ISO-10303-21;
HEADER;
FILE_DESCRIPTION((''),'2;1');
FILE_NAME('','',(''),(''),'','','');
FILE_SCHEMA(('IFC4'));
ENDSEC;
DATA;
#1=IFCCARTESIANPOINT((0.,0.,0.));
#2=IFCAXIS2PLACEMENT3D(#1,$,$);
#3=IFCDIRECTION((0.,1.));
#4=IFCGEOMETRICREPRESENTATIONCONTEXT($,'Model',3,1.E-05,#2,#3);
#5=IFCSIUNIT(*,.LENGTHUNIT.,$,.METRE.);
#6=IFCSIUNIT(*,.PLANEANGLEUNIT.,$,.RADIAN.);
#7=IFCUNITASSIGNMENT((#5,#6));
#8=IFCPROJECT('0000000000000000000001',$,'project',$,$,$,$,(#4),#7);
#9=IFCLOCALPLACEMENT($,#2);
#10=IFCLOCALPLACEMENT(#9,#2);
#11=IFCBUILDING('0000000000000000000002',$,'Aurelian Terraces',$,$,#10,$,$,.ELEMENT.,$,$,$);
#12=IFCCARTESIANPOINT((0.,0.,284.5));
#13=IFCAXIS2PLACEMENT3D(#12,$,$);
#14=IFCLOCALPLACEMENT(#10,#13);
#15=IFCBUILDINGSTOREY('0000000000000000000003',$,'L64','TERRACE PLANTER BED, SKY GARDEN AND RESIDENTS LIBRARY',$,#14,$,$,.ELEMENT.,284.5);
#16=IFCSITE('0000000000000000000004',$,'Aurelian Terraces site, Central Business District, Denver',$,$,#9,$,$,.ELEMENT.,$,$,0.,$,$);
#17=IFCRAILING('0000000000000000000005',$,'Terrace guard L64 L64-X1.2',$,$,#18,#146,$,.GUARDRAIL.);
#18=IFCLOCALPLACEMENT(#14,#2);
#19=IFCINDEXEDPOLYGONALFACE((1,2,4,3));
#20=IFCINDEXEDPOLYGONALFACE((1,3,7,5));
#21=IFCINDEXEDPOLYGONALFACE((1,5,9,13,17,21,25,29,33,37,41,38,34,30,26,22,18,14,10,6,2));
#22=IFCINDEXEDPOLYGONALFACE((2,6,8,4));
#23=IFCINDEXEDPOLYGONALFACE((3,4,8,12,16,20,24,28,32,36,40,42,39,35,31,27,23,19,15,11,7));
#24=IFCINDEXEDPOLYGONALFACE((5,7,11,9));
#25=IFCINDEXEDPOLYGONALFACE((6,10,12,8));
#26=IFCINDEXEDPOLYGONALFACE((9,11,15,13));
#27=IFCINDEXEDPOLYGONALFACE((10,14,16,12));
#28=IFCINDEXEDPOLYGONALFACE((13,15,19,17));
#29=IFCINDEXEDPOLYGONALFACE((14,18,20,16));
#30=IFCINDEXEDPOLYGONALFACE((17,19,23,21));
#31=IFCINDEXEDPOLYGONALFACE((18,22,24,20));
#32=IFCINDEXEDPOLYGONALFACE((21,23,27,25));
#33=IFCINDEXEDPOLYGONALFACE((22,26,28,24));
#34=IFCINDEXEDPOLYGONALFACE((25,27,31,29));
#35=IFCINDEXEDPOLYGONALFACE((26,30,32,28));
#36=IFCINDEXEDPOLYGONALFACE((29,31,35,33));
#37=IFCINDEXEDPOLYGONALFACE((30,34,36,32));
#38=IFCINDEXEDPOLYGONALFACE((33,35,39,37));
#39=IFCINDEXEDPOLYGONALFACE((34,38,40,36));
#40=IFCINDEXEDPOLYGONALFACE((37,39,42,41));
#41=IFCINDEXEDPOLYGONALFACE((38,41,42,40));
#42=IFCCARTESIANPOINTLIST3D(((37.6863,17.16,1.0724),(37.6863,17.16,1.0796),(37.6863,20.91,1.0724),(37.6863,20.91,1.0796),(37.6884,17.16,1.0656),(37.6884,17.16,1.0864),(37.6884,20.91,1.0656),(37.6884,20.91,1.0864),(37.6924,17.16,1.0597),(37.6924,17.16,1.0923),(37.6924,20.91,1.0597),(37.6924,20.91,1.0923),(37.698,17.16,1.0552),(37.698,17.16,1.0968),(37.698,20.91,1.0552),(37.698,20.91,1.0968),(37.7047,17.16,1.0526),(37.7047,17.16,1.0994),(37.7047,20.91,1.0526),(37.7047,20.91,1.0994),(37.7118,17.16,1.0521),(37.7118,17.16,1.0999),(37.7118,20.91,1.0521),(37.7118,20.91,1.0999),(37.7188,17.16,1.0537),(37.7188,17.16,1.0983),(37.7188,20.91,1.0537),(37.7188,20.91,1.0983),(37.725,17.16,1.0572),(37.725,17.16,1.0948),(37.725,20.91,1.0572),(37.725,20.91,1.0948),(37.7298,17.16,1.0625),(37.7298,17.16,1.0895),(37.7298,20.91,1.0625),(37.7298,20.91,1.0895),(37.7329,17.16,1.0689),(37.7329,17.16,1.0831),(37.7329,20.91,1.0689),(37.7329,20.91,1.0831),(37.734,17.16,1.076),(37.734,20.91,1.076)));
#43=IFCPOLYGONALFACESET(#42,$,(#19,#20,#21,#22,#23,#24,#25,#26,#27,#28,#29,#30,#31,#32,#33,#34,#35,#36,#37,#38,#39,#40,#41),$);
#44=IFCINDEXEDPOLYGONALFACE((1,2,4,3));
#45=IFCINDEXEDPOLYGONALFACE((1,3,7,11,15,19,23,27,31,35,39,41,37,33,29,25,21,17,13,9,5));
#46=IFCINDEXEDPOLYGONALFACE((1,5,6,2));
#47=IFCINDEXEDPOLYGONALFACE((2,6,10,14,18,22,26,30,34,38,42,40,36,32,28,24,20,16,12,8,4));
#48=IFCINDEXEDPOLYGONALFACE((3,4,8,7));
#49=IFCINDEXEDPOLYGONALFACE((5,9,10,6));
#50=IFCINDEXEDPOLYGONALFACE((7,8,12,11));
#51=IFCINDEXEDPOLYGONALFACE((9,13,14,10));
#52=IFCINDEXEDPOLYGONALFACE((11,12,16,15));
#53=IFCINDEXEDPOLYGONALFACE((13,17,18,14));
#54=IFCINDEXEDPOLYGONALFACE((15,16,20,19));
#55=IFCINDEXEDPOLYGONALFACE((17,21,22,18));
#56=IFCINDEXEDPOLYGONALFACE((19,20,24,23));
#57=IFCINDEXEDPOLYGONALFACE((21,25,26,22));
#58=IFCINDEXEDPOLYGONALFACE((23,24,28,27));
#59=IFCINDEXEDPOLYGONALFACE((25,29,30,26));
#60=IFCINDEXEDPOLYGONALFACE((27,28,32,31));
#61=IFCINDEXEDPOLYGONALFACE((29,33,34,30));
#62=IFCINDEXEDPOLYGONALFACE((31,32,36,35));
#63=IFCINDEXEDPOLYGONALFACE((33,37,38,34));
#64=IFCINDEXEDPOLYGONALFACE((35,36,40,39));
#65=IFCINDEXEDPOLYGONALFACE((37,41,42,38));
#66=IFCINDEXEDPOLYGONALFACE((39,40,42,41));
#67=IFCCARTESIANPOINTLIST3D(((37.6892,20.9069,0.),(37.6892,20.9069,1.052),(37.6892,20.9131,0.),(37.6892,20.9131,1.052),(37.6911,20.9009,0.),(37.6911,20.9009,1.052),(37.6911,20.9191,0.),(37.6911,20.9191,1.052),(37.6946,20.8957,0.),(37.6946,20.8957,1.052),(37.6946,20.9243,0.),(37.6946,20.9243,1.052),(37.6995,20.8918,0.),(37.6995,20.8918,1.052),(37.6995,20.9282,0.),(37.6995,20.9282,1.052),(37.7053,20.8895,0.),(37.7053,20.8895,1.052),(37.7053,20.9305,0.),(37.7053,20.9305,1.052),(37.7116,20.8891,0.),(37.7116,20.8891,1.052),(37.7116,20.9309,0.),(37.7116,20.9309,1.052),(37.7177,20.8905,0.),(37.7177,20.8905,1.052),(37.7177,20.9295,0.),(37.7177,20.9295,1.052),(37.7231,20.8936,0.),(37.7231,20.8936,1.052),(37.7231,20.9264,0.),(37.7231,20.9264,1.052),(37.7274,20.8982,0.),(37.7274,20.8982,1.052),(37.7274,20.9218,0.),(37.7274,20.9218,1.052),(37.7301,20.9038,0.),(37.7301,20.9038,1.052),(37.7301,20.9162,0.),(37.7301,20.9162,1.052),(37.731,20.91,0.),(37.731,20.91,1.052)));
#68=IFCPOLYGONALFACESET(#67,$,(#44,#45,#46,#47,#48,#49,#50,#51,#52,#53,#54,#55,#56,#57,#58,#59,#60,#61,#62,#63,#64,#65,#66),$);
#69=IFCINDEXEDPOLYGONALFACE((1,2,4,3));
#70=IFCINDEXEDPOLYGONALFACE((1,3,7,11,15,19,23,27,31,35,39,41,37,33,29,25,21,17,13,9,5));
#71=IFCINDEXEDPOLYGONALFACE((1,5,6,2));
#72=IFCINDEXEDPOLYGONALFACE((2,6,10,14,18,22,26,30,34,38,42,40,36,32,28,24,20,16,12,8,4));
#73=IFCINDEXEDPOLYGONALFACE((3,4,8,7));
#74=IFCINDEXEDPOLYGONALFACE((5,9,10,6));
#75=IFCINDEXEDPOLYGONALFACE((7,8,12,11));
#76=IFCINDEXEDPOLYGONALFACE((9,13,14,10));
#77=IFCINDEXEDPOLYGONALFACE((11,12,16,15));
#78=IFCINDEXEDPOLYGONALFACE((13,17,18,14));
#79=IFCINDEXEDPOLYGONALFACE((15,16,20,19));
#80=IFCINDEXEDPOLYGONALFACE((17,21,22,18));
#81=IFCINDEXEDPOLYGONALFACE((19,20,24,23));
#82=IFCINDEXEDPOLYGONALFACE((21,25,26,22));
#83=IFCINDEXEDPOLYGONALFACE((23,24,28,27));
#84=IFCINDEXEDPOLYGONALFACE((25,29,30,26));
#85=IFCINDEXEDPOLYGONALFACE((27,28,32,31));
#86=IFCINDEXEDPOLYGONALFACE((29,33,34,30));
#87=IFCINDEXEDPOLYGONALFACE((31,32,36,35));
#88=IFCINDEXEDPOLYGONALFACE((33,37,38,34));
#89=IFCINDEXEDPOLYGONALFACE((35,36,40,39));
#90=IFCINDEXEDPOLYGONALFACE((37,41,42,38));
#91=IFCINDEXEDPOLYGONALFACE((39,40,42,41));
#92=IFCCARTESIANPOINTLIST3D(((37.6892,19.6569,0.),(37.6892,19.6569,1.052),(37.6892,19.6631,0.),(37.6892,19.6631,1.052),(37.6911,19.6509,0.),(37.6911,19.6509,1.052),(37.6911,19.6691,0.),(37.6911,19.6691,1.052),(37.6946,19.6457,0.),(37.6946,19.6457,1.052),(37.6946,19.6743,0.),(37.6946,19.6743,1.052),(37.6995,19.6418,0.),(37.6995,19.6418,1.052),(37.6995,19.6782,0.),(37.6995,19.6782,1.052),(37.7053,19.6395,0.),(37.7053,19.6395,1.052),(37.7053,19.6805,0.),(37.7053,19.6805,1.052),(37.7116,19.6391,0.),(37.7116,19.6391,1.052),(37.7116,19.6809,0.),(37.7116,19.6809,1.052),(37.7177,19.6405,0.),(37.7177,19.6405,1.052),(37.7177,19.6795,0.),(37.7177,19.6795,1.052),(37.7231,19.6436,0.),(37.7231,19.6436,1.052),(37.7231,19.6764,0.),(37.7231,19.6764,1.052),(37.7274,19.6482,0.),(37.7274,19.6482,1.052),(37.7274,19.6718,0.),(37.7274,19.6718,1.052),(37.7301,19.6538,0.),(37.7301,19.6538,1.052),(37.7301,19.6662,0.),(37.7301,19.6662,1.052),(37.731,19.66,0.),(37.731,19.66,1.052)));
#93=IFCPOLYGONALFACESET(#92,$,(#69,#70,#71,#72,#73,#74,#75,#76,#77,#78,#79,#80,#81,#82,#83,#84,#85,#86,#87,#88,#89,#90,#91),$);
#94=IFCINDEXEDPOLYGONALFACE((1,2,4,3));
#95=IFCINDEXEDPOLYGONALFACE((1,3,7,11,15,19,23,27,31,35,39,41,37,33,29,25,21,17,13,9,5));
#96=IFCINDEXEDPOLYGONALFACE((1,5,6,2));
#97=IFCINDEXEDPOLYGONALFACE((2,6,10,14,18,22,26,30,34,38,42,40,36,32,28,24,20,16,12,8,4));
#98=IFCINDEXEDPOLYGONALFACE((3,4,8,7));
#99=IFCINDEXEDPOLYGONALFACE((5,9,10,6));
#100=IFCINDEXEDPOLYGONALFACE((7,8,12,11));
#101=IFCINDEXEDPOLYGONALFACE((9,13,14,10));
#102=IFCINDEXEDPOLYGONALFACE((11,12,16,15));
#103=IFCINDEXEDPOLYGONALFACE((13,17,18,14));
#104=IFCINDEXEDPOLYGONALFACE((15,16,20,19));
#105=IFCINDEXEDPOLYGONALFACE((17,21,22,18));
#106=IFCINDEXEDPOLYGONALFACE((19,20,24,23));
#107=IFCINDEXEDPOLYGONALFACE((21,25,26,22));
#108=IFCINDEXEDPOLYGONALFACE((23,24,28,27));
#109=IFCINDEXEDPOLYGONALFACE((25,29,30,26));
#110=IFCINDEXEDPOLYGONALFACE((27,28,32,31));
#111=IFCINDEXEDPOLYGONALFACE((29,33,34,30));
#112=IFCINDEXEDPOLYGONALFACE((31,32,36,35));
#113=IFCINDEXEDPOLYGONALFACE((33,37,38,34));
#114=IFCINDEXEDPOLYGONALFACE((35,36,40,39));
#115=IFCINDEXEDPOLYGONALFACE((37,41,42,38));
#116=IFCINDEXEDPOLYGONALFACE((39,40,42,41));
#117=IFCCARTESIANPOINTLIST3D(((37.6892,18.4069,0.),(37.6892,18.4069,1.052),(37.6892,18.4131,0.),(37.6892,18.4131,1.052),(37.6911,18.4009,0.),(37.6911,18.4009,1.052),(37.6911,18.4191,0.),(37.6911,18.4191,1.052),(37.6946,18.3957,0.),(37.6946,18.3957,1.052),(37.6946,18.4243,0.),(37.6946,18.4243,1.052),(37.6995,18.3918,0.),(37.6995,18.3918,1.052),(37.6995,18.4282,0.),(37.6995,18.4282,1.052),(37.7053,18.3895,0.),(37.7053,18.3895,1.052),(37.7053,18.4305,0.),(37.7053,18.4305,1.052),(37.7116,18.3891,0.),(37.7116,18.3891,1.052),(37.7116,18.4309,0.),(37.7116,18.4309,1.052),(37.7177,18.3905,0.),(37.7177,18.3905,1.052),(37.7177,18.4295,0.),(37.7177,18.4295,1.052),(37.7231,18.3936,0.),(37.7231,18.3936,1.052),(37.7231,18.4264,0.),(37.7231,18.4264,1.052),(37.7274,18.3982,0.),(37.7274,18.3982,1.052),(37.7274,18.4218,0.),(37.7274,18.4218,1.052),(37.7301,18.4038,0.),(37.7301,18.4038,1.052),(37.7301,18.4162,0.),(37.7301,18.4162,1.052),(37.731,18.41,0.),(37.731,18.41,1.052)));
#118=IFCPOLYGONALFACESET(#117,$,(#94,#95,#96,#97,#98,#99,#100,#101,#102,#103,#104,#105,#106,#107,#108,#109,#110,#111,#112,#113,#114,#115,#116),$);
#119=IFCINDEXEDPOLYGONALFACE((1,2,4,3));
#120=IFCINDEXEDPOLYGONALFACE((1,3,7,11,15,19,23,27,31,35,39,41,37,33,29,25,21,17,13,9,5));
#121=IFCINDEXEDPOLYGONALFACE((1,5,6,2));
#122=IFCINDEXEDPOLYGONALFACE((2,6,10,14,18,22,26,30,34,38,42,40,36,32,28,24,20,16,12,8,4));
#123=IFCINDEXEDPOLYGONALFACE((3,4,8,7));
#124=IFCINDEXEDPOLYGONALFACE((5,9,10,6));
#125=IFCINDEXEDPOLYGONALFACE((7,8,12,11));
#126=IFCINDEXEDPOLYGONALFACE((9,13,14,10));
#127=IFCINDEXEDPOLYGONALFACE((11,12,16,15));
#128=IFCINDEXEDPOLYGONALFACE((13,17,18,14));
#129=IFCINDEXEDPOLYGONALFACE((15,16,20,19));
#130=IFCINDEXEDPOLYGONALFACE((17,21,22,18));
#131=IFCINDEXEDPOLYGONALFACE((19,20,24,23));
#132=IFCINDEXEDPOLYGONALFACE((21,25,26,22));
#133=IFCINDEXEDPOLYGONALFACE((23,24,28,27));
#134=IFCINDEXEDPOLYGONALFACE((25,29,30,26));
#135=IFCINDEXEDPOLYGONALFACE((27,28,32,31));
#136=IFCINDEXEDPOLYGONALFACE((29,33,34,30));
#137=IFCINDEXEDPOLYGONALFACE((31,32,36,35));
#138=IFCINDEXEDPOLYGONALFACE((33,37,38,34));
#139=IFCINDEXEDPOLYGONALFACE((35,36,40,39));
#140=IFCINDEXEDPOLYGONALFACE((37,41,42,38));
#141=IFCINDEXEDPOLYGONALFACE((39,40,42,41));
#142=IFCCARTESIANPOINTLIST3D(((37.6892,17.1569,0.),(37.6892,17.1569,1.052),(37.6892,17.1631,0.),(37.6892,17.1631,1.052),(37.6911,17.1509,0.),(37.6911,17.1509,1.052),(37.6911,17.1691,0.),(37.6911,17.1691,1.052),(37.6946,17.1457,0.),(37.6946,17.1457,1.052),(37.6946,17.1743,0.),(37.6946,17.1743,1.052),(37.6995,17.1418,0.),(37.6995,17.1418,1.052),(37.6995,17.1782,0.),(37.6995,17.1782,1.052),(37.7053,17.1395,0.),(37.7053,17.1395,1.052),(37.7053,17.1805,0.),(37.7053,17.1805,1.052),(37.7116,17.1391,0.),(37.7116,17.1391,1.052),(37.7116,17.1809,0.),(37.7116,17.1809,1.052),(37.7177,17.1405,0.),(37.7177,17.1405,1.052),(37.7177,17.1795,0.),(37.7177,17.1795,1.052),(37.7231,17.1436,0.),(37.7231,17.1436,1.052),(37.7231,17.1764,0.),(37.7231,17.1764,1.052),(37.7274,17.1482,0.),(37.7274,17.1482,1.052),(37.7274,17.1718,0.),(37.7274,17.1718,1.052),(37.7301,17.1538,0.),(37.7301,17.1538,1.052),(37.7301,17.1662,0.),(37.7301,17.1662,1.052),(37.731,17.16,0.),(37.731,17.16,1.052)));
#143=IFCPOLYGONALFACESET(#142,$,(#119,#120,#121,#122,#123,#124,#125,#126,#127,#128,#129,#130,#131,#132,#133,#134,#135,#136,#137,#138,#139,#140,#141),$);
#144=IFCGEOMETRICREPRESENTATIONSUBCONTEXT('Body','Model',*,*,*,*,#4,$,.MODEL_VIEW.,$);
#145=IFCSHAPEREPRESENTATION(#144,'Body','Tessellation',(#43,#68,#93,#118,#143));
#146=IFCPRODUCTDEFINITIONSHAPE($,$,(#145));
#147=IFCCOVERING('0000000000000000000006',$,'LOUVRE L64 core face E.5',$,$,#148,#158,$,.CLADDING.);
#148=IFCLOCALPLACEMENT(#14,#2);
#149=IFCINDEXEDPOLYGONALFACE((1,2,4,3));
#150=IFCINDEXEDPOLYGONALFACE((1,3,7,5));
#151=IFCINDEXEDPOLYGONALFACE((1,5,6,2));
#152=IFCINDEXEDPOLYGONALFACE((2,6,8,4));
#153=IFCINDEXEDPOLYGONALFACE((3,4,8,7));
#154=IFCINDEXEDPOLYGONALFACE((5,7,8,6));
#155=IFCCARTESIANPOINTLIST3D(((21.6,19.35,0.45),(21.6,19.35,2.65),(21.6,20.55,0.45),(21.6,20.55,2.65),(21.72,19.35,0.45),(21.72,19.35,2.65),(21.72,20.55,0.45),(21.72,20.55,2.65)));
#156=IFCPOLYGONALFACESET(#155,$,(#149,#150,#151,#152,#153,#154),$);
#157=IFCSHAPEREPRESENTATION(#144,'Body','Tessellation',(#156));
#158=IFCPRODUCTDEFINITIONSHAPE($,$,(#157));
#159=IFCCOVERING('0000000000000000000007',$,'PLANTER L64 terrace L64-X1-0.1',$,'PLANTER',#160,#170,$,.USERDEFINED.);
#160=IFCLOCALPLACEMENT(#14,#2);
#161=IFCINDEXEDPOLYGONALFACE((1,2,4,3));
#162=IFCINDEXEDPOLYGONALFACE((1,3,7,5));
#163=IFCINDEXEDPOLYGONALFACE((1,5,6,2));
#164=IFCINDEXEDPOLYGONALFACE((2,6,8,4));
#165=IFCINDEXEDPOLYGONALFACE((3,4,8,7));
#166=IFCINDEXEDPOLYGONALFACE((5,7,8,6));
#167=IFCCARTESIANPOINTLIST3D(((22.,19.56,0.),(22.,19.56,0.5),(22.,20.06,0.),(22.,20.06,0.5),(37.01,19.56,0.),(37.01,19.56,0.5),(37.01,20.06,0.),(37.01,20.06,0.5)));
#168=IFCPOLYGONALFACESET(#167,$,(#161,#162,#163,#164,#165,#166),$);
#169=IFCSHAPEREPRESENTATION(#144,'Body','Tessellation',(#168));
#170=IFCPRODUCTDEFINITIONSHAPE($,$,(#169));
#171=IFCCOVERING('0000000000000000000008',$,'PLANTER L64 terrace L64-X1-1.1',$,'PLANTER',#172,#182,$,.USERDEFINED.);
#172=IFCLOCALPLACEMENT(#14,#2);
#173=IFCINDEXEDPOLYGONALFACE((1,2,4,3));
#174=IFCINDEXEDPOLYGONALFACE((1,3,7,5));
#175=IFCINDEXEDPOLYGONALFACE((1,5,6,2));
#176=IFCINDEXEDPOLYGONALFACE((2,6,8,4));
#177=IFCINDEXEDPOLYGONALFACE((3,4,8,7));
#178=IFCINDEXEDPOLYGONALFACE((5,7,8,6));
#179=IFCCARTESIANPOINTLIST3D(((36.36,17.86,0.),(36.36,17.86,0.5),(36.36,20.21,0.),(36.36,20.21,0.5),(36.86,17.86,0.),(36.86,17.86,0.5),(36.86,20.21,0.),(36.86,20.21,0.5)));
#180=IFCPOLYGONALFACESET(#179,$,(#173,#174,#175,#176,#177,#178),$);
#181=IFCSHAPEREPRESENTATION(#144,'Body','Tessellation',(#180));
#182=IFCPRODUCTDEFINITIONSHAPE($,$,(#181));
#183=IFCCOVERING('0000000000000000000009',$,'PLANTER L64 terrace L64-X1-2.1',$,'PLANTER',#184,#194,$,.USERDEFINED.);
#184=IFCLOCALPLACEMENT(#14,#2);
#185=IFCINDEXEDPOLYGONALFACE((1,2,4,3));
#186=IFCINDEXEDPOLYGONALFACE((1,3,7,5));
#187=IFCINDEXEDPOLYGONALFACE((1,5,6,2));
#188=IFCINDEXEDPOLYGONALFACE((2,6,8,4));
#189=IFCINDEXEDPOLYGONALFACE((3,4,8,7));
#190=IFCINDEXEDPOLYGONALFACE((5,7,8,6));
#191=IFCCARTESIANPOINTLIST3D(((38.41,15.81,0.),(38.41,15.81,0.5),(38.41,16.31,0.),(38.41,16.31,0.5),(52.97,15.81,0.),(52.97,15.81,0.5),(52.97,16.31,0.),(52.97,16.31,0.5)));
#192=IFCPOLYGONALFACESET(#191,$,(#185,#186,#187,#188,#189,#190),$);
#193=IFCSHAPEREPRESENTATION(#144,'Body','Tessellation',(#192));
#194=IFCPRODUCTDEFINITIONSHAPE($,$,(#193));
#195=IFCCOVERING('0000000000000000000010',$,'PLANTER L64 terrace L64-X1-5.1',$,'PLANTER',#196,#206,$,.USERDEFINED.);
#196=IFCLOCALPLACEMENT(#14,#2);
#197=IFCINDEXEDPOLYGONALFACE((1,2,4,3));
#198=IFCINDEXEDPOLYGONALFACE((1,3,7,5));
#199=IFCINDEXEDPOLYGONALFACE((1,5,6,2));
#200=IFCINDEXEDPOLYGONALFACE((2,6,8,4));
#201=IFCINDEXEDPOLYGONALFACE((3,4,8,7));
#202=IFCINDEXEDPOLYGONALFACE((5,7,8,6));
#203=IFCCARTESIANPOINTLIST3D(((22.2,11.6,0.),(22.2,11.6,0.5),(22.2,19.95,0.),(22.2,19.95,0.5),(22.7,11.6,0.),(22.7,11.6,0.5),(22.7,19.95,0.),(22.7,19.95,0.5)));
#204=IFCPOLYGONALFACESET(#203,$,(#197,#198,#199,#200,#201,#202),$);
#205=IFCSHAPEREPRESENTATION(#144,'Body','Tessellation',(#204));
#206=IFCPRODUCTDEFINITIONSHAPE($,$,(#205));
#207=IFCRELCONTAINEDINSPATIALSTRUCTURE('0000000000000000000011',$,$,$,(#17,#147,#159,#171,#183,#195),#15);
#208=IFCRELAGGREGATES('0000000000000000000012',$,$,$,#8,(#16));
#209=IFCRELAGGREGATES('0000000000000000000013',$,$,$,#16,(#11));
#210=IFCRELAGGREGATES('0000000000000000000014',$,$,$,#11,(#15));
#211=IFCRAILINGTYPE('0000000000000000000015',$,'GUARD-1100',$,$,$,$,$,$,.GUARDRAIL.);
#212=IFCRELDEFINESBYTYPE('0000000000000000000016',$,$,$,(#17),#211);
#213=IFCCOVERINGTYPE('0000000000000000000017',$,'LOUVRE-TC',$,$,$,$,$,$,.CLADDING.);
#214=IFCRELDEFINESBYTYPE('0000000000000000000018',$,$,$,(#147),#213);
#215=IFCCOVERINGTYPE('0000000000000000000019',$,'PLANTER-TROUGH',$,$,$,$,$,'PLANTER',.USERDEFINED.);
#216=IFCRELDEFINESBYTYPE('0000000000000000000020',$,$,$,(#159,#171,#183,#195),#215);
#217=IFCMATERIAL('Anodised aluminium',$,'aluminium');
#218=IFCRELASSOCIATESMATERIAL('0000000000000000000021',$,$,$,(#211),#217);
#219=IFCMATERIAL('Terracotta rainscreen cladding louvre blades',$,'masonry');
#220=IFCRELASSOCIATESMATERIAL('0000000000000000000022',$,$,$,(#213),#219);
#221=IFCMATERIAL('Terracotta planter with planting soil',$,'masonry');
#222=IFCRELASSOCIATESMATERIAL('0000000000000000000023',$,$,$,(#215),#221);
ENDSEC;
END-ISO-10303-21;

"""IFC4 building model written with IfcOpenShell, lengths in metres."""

from ifc_helpers import new_model, si_unit, direction, frame, origin, origin_2d, place, context, subcontext, project, spatial, rectangle, circle, extrude, material, type_object, element, save


model = new_model("IFC4")

# Units and contexts
model_context = context("Model", 3, precision=1e-05, world=origin(), true_north=direction((0.0, 1.0)))
body_context = subcontext(model_context, "Body", "Model", "MODEL_VIEW")
ifc_project = project(units=[si_unit("LENGTHUNIT", "METRE"), si_unit("PLANEANGLEUNIT", "RADIAN")], contexts=[model_context])

# Site, building, storey
site_placement = place(None, origin())
site = spatial("IfcSite", under=ifc_project, at=site_placement, Name="Aurelian Terraces site, Central Business District, Denver", CompositionType="ELEMENT", RefElevation=0.0)
building_placement = place(site_placement, origin())
building = spatial("IfcBuilding", under=site, at=building_placement, Name="Aurelian Terraces", CompositionType="ELEMENT")
storey_placement = place(building_placement, frame((0.0, 0.0, 284.5)))
storey = spatial("IfcBuildingStorey", under=building, at=storey_placement, Name="L64", Description="TERRACE PLANTER BED, SKY GARDEN AND RESIDENTS LIBRARY", CompositionType="ELEMENT", Elevation=284.5)

# Railing
ifc_material_1 = material(Name="Anodised aluminium", Category="aluminium")
railing_type = type_object("IfcRailingType", Name="GUARD-1100", PredefinedType="GUARDRAIL", material=ifc_material_1)
railing_1_placement = place(storey_placement, frame((37.71, 20.91, 0.0)))
element("IfcRailing", 1, at=railing_1_placement, inside=storey, type_object=railing_type, Name="Terrace guard L64 L64-X1.2", PredefinedType="GUARDRAIL", context=body_context, shape_type="SweptSolid", body=[
    extrude(circle(Radius=0.024, at=origin_2d()), frame((0.0, 0.0, 1.076), z_axis=(0.0, -1.0, 0.0), x_axis=(1.0, 0.0, 0.0)), (0.0, 0.0, 1.0), 3.75),
    extrude(circle(Radius=0.021, at=origin_2d()), origin(), (0.0, 0.0, 1.0), 1.052),
    extrude(circle(Radius=0.021, at=origin_2d()), frame((0.0, -1.25, 0.0)), (0.0, 0.0, 1.0), 1.052),
    extrude(circle(Radius=0.021, at=origin_2d()), frame((0.0, -2.5, 0.0)), (0.0, 0.0, 1.0), 1.052),
    extrude(circle(Radius=0.021, at=origin_2d()), frame((0.0, -3.75, 0.0)), (0.0, 0.0, 1.0), 1.052),
])

# Coverings
ifc_material_2 = material(Name="Terracotta rainscreen cladding louvre blades", Category="masonry")
covering_type_1 = type_object("IfcCoveringType", Name="LOUVRE-TC", PredefinedType="CLADDING", material=ifc_material_2)
covering_1_placement = place(storey_placement, frame((21.66, 19.95, 0.45), z_axis=(0.0, 0.0, 1.0), x_axis=(1.0, 0.0, 0.0)))
element("IfcCovering", 2, at=covering_1_placement, inside=storey, type_object=covering_type_1, Name="LOUVRE L64 core face E.5", PredefinedType="CLADDING", context=body_context, shape_type="SweptSolid", body=[
    extrude(rectangle(XDim=0.12, YDim=1.2, at=origin_2d()), origin(), (0.0, 0.0, 1.0), 2.2),
])
ifc_material_3 = material(Name="Terracotta planter with planting soil", Category="masonry")
covering_type_2 = type_object("IfcCoveringType", Name="PLANTER-TROUGH", ElementType="PLANTER", PredefinedType="USERDEFINED", material=ifc_material_3)
covering_2_placement = place(storey_placement, frame((29.505, 19.81, 0.0), z_axis=(0.0, 0.0, 1.0), x_axis=(1.0, 0.0, 0.0)))
element("IfcCovering", 3, at=covering_2_placement, inside=storey, type_object=covering_type_2, Name="PLANTER L64 terrace L64-X1-0.1", ObjectType="PLANTER", PredefinedType="USERDEFINED", context=body_context, shape_type="SweptSolid", body=[
    extrude(rectangle(XDim=15.01, YDim=0.5, at=origin_2d()), origin(), (0.0, 0.0, 1.0), 0.5),
])
covering_3_placement = place(storey_placement, frame((36.61, 19.035, 0.0), z_axis=(0.0, 0.0, 1.0), x_axis=(1.0, 0.0, 0.0)))
element("IfcCovering", 4, at=covering_3_placement, inside=storey, type_object=covering_type_2, Name="PLANTER L64 terrace L64-X1-1.1", ObjectType="PLANTER", PredefinedType="USERDEFINED", context=body_context, shape_type="SweptSolid", body=[
    extrude(rectangle(XDim=0.5, YDim=2.35, at=origin_2d()), origin(), (0.0, 0.0, 1.0), 0.5),
])
covering_4_placement = place(storey_placement, frame((45.69, 16.06, 0.0), z_axis=(0.0, 0.0, 1.0), x_axis=(1.0, 0.0, 0.0)))
element("IfcCovering", 5, at=covering_4_placement, inside=storey, type_object=covering_type_2, Name="PLANTER L64 terrace L64-X1-2.1", ObjectType="PLANTER", PredefinedType="USERDEFINED", context=body_context, shape_type="SweptSolid", body=[
    extrude(rectangle(XDim=14.56, YDim=0.5, at=origin_2d()), origin(), (0.0, 0.0, 1.0), 0.5),
])
covering_5_placement = place(storey_placement, frame((22.45, 15.775, 0.0), z_axis=(0.0, 0.0, 1.0), x_axis=(1.0, 0.0, 0.0)))
element("IfcCovering", 6, at=covering_5_placement, inside=storey, type_object=covering_type_2, Name="PLANTER L64 terrace L64-X1-5.1", ObjectType="PLANTER", PredefinedType="USERDEFINED", context=body_context, shape_type="SweptSolid", body=[
    extrude(rectangle(XDim=0.5, YDim=8.35, at=origin_2d()), origin(), (0.0, 0.0, 1.0), 0.5),
])

save(model, "model.ifc")
